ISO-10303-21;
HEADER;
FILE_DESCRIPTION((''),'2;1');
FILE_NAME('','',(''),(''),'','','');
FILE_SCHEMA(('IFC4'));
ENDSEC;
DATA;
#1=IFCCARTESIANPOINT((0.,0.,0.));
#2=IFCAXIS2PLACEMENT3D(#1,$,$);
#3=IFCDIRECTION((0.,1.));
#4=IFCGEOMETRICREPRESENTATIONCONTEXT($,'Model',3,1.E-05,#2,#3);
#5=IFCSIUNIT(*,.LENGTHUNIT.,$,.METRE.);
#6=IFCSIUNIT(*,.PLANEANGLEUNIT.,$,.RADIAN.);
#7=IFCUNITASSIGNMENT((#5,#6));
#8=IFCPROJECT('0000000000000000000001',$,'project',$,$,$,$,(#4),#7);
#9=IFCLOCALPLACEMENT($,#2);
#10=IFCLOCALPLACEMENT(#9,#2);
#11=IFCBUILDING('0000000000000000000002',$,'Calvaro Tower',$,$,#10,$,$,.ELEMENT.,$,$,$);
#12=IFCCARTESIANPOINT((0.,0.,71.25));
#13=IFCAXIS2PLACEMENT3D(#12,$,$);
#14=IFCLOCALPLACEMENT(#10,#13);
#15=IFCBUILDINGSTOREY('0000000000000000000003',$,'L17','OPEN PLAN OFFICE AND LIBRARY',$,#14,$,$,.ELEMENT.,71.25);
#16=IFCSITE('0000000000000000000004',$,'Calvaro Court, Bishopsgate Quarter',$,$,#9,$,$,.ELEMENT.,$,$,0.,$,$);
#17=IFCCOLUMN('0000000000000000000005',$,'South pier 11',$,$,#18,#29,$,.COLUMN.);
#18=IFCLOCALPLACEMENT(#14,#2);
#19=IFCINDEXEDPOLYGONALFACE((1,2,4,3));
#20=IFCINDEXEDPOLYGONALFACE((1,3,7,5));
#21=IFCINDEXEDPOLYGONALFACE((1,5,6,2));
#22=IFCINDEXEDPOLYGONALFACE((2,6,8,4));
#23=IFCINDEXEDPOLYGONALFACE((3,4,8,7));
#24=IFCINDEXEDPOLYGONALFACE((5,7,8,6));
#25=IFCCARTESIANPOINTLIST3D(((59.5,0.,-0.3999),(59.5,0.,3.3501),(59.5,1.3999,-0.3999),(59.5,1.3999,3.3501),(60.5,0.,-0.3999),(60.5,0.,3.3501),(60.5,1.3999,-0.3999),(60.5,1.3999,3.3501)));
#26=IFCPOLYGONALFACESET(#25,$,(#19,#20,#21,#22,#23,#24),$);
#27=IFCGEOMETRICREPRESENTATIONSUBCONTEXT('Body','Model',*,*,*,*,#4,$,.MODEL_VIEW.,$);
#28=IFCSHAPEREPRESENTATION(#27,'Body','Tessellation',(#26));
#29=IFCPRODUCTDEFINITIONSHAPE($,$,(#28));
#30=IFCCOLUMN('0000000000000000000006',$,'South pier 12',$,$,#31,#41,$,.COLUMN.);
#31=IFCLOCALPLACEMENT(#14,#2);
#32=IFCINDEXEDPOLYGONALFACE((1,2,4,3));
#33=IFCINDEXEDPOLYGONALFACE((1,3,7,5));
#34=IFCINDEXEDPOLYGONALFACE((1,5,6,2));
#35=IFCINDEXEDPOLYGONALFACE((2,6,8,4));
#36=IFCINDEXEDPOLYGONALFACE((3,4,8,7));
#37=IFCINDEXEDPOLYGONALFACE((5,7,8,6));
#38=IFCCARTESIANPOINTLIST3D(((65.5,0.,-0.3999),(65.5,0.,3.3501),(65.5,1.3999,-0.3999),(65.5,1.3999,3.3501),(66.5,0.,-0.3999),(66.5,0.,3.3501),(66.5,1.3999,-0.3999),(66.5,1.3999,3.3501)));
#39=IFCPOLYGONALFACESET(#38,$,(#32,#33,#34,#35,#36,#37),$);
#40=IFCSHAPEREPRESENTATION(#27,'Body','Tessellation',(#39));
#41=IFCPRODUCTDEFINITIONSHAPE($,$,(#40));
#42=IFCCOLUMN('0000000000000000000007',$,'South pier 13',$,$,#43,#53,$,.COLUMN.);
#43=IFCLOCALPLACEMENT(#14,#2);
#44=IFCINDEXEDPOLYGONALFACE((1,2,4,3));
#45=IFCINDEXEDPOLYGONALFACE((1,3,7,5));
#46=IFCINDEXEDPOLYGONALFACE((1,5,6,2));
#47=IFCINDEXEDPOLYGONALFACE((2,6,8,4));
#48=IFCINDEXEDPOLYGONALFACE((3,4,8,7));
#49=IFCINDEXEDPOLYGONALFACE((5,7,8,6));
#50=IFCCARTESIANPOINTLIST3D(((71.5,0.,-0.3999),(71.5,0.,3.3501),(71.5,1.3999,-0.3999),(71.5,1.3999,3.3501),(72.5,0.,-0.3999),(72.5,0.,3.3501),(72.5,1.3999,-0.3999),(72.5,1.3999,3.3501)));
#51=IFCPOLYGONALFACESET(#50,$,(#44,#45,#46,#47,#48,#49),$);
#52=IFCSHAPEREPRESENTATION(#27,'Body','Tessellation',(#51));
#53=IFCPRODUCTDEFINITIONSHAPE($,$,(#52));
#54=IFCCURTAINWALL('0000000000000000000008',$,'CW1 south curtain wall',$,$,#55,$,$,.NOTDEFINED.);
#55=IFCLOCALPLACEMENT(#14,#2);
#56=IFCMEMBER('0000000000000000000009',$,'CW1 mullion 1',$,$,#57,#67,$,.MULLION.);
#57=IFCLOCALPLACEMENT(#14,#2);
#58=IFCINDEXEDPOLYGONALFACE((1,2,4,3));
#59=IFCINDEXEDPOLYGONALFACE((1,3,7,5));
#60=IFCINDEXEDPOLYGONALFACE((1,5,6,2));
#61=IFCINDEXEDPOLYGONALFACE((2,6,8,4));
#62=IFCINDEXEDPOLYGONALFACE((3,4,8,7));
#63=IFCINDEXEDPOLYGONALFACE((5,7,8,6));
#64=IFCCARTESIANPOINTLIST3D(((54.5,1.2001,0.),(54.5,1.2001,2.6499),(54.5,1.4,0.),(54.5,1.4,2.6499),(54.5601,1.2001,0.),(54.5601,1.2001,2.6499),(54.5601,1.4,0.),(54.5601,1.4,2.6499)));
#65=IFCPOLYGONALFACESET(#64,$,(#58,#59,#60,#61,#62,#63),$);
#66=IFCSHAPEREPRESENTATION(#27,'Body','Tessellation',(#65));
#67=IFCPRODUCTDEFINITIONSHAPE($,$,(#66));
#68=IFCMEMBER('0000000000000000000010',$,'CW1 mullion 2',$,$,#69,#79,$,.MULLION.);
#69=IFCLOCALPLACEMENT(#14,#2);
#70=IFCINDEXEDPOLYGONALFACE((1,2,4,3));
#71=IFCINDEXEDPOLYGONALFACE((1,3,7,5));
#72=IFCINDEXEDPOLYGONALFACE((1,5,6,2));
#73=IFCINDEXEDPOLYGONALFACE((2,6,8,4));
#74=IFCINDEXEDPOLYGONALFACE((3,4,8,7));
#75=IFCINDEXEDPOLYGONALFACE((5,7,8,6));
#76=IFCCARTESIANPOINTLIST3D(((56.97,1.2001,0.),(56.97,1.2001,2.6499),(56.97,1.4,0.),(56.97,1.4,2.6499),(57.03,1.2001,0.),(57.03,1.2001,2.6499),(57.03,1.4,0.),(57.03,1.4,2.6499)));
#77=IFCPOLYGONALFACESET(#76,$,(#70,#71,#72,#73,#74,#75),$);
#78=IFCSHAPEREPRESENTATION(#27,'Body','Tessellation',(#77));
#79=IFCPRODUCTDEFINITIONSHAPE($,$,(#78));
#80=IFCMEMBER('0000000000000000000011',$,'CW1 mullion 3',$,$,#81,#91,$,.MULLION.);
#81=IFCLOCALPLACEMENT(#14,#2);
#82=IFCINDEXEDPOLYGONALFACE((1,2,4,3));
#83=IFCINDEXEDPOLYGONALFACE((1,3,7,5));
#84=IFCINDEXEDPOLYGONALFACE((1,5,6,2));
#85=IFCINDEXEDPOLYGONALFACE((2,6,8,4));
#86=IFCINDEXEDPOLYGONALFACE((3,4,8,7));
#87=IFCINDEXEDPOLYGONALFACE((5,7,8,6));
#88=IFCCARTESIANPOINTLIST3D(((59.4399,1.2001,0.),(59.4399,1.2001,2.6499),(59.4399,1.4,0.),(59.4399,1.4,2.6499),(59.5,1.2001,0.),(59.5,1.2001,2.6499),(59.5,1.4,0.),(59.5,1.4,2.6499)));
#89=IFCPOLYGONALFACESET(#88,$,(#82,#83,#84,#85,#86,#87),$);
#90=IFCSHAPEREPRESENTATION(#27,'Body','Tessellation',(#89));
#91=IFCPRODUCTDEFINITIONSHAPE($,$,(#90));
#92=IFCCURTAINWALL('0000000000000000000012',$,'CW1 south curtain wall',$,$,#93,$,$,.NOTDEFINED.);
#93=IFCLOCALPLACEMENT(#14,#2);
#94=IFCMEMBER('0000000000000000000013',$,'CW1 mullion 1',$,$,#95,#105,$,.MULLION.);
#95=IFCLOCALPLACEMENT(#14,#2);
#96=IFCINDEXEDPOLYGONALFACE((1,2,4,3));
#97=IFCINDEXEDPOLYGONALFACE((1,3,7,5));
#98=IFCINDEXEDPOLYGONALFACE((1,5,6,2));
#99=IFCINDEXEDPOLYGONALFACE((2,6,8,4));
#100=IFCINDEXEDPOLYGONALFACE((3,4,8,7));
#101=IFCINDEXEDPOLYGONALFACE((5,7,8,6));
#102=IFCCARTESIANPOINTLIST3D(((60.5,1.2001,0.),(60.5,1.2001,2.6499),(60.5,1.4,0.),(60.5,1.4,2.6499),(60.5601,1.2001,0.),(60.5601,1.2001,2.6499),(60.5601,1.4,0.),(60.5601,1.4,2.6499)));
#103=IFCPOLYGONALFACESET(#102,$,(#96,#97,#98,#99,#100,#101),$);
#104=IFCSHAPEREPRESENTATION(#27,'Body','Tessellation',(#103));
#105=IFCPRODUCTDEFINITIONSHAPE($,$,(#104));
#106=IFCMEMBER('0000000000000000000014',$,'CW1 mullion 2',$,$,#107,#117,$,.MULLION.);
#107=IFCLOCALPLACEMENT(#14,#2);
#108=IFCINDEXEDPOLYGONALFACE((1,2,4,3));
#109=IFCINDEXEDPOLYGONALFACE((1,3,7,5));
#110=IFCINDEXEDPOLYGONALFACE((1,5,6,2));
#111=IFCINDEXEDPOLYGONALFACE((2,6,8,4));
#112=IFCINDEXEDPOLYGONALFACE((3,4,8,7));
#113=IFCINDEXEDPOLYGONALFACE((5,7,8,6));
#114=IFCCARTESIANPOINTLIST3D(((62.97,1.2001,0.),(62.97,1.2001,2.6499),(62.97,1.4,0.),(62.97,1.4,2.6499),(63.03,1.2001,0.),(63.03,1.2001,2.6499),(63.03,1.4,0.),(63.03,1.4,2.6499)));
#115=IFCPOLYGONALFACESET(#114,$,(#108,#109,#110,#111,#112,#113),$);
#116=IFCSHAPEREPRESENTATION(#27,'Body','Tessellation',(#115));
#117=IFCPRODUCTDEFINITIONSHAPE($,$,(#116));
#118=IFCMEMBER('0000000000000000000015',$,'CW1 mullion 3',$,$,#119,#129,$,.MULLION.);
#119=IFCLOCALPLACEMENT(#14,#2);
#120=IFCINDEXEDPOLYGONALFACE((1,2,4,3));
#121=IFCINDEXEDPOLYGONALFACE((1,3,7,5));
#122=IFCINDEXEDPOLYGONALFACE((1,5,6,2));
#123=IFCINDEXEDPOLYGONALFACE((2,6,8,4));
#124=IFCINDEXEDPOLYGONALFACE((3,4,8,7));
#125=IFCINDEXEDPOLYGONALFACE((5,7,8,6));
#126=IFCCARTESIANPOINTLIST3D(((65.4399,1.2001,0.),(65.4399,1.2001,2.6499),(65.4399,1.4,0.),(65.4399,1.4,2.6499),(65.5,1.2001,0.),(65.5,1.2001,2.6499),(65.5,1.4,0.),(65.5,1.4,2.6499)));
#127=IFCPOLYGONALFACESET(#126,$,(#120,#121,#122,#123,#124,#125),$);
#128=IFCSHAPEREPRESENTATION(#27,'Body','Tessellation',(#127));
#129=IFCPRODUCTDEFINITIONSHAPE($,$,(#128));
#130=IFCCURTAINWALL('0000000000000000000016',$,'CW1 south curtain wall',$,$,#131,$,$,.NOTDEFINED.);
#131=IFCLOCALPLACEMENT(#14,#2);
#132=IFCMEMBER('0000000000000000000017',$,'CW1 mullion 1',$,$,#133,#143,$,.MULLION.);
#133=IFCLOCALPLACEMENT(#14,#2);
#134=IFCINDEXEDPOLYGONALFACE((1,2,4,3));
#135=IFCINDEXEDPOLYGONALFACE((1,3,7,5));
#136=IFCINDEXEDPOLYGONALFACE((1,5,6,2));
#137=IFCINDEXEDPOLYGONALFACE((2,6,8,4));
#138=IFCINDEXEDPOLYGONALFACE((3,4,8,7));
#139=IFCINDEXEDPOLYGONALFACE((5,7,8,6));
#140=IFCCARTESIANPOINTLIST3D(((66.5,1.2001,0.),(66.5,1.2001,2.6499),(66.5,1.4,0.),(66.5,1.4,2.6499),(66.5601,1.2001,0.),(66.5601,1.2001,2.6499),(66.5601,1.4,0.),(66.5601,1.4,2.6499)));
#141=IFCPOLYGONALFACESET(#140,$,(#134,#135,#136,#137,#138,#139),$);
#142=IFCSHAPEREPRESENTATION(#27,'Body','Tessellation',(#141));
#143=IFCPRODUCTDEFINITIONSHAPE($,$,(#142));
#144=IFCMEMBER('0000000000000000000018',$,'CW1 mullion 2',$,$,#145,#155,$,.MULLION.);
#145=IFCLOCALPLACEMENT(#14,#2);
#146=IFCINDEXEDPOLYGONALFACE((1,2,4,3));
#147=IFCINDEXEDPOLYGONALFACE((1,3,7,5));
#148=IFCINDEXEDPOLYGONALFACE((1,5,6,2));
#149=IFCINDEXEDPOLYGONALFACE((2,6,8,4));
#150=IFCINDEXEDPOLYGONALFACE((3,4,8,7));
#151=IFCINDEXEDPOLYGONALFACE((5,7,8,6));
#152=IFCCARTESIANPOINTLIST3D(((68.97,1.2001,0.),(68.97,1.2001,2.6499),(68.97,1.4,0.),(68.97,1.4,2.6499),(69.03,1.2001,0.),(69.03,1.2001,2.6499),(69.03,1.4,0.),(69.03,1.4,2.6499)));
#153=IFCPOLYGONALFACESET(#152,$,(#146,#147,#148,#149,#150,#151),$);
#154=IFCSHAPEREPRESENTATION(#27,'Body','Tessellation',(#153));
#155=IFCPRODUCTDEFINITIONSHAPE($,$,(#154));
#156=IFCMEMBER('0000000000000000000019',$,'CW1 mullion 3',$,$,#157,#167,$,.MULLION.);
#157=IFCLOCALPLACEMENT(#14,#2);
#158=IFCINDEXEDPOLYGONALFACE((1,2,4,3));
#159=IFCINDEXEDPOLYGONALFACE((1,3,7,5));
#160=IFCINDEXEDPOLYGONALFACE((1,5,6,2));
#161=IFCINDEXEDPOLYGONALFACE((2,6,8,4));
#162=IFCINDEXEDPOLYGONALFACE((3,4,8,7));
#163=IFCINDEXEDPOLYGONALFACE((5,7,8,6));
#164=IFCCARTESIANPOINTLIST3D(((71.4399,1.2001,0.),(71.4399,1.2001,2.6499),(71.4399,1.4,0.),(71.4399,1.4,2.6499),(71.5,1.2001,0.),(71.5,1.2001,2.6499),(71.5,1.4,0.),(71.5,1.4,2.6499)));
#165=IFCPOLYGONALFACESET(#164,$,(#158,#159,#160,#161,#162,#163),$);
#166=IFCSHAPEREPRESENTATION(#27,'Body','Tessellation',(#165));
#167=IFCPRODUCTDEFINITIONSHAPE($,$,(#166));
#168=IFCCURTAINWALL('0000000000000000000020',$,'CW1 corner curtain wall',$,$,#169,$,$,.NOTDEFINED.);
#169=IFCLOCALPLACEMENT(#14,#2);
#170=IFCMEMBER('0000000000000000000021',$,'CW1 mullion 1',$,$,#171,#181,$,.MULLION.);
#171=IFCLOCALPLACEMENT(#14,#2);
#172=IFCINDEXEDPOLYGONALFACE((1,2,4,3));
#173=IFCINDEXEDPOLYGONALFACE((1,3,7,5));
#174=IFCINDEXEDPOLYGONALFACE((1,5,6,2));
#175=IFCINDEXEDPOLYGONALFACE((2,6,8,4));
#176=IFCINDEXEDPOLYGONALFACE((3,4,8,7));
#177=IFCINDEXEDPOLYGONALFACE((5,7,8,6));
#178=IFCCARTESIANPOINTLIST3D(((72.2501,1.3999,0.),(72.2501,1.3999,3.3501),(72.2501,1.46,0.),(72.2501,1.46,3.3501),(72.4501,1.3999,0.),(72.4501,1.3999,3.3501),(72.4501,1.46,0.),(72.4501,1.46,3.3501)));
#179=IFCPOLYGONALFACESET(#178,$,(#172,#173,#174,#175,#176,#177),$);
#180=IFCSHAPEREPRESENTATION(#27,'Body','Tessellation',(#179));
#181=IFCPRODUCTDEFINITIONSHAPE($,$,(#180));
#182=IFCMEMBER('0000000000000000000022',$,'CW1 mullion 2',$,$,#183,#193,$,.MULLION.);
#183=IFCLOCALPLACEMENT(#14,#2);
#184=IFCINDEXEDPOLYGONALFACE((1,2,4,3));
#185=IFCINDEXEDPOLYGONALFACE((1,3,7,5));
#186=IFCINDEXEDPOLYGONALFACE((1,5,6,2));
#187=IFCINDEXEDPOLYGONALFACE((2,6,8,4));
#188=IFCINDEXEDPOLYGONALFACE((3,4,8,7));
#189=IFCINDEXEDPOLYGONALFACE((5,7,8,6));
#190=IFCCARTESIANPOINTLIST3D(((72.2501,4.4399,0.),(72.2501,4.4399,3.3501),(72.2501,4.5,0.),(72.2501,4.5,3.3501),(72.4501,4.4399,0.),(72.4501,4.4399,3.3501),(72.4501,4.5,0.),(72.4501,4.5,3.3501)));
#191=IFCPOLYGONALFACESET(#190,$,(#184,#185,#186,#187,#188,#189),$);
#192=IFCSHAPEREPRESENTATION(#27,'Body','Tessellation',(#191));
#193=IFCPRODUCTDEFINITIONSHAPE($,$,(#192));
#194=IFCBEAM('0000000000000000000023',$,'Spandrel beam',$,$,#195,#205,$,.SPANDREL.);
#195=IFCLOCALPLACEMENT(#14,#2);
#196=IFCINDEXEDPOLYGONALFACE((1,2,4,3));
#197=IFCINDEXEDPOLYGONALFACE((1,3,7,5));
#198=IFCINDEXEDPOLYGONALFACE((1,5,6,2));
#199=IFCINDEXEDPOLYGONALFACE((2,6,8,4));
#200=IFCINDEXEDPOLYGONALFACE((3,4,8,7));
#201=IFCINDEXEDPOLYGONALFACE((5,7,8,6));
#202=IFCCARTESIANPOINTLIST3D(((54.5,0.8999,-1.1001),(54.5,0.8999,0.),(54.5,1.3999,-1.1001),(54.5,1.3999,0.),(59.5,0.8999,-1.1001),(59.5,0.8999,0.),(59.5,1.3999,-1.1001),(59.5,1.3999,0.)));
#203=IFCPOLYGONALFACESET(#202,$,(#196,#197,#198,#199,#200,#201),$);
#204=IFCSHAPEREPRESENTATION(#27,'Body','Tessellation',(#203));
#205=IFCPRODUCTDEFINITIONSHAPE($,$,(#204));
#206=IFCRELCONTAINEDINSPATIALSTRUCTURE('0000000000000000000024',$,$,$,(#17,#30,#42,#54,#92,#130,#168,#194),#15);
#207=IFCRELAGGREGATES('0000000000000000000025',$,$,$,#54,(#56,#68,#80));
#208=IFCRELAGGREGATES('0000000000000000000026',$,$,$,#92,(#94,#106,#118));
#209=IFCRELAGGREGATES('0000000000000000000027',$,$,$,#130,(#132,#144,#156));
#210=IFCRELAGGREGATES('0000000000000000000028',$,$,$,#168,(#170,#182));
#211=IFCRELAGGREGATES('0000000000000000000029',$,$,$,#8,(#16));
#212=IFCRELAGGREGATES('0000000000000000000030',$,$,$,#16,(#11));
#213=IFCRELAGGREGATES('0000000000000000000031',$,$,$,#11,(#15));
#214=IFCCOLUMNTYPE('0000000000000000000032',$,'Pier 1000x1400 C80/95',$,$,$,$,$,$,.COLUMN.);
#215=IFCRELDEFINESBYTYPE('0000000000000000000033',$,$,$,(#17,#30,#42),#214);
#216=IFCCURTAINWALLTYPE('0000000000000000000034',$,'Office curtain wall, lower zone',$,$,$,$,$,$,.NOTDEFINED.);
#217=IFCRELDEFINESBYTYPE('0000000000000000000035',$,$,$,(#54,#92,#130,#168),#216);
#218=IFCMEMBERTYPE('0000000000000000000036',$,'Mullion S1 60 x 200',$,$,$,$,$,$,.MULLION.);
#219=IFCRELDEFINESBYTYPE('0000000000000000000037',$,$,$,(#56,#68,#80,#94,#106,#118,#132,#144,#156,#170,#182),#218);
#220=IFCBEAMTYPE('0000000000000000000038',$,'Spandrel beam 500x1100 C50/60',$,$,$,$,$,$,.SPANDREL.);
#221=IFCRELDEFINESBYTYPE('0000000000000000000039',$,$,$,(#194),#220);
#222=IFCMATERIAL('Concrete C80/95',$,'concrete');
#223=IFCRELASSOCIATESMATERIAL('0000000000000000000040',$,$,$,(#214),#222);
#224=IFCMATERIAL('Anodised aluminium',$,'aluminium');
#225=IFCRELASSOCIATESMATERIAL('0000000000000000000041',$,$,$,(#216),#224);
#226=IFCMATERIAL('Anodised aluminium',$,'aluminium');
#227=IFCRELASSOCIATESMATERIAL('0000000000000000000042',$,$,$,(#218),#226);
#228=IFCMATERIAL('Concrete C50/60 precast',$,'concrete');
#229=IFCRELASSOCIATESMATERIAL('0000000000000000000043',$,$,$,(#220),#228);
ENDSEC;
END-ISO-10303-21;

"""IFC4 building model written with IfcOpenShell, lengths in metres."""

from ifc_helpers import new_model, si_unit, direction, frame, origin, origin_2d, place, context, subcontext, project, spatial, rectangle, extrude, material, material_profile, profile_set, type_object, element, aggregate, save


model = new_model("IFC4")

# Units and contexts
model_context = context("Model", 3, precision=1e-05, world=origin(), true_north=direction((0.0, 1.0)))
body_context = subcontext(model_context, "Body", "Model", "MODEL_VIEW")
ifc_project = project(units=[si_unit("LENGTHUNIT", "METRE"), si_unit("PLANEANGLEUNIT", "RADIAN")], contexts=[model_context])

# Site, building, storey
site_placement = place(None, origin())
site = spatial("IfcSite", under=ifc_project, at=site_placement, Name="Calvaro Court, Bishopsgate Quarter", CompositionType="ELEMENT", RefElevation=0.0)
building_placement = place(site_placement, origin())
building = spatial("IfcBuilding", under=site, at=building_placement, Name="Calvaro Tower", CompositionType="ELEMENT")
storey_placement = place(building_placement, frame((0.0, 0.0, 71.25)))
storey = spatial("IfcBuildingStorey", under=building, at=storey_placement, Name="L17", Description="OPEN PLAN OFFICE AND LIBRARY", CompositionType="ELEMENT", Elevation=71.25)

# Columns
ifc_material_1 = material(Name="Concrete C80/95", Category="concrete")
ifc_material_profile_1 = material_profile(ifc_material_1, rectangle(XDim=1.0, YDim=1.3999, at=origin_2d()), Name="RC 1000x1400")
ifc_profile_set_1 = profile_set([ifc_material_profile_1], Name="Concrete C80/95")
column_type = type_object("IfcColumnType", Name="Pier 1000x1400 C80/95", PredefinedType="COLUMN", material=ifc_profile_set_1)
for number, where, z_axis, x_axis, name in (
    (1, (60.0, 0.7, -0.3999), (0.0, 0.0, 1.0), (1.0, 0.0, 0.0), "South pier 11"),
    (2, (66.0, 0.7, -0.3999), (0.0, 0.0, 1.0), (1.0, 0.0, 0.0), "South pier 12"),
    (3, (72.0, 0.7, -0.3999), (0.0, 0.0, 1.0), (1.0, 0.0, 0.0), "South pier 13"),
):
    element("IfcColumn", number, at=place(storey_placement, frame(where, z_axis=z_axis, x_axis=x_axis)), inside=storey, type_object=column_type, Name=name, PredefinedType="COLUMN", context=body_context, shape_type="SweptSolid", body=[
        extrude(rectangle(XDim=1.0, YDim=1.3999, at=origin_2d()), origin(), (0.0, 0.0, 1.0), 3.75),
    ])

# Curtain walls, members
ifc_material_2 = material(Name="Anodised aluminium", Category="aluminium")
curtain_wall_type = type_object("IfcCurtainWallType", Name="Office curtain wall, lower zone", PredefinedType="NOTDEFINED", material=ifc_material_2)
curtain_wall_1_placement = place(storey_placement, origin())
curtain_wall_1 = element("IfcCurtainWall", 4, at=curtain_wall_1_placement, inside=storey, type_object=curtain_wall_type, Name="CW1 south curtain wall", PredefinedType="NOTDEFINED")
ifc_material_3 = material(Name="Anodised aluminium", Category="aluminium")
ifc_material_profile_2 = material_profile(ifc_material_3, rectangle(XDim=0.2, YDim=0.0601, at=origin_2d()), Name="Mullion S1 60 x 200")
ifc_profile_set_2 = profile_set([ifc_material_profile_2], Name="Anodised aluminium")
member_type_1 = type_object("IfcMemberType", Name="Mullion S1 60 x 200", PredefinedType="MULLION", material=ifc_profile_set_2)
member_1_placement = place(storey_placement, frame((54.53, 1.3, 0.0), z_axis=(0.0, 0.0, 1.0), x_axis=(0.0, 1.0, 0.0)))
member_1 = element("IfcMember", 5, at=member_1_placement, type_object=member_type_1, Name="CW1 mullion 1", PredefinedType="MULLION", context=body_context, shape_type="SweptSolid", body=[
    extrude(rectangle(XDim=0.2, YDim=0.0601, at=origin_2d()), origin(), (0.0, 0.0, 1.0), 2.6499),
])
member_2_placement = place(storey_placement, frame((57.0, 1.3, 0.0), z_axis=(0.0, 0.0, 1.0), x_axis=(0.0, 1.0, 0.0)))
member_2 = element("IfcMember", 6, at=member_2_placement, type_object=member_type_1, Name="CW1 mullion 2", PredefinedType="MULLION", context=body_context, shape_type="SweptSolid", body=[
    extrude(rectangle(XDim=0.2, YDim=0.0601, at=origin_2d()), origin(), (0.0, 0.0, 1.0), 2.6499),
])
member_3_placement = place(storey_placement, frame((59.47, 1.3, 0.0), z_axis=(0.0, 0.0, 1.0), x_axis=(0.0, 1.0, 0.0)))
member_3 = element("IfcMember", 7, at=member_3_placement, type_object=member_type_1, Name="CW1 mullion 3", PredefinedType="MULLION", context=body_context, shape_type="SweptSolid", body=[
    extrude(rectangle(XDim=0.2, YDim=0.0601, at=origin_2d()), origin(), (0.0, 0.0, 1.0), 2.6499),
])
curtain_wall_2_placement = place(storey_placement, origin())
curtain_wall_2 = element("IfcCurtainWall", 8, at=curtain_wall_2_placement, inside=storey, type_object=curtain_wall_type, Name="CW1 south curtain wall", PredefinedType="NOTDEFINED")
member_4_placement = place(storey_placement, frame((60.53, 1.3, 0.0), z_axis=(0.0, 0.0, 1.0), x_axis=(0.0, 1.0, 0.0)))
member_4 = element("IfcMember", 9, at=member_4_placement, type_object=member_type_1, Name="CW1 mullion 1", PredefinedType="MULLION", context=body_context, shape_type="SweptSolid", body=[
    extrude(rectangle(XDim=0.2, YDim=0.0601, at=origin_2d()), origin(), (0.0, 0.0, 1.0), 2.6499),
])
member_5_placement = place(storey_placement, frame((63.0, 1.3, 0.0), z_axis=(0.0, 0.0, 1.0), x_axis=(0.0, 1.0, 0.0)))
member_5 = element("IfcMember", 10, at=member_5_placement, type_object=member_type_1, Name="CW1 mullion 2", PredefinedType="MULLION", context=body_context, shape_type="SweptSolid", body=[
    extrude(rectangle(XDim=0.2, YDim=0.0601, at=origin_2d()), origin(), (0.0, 0.0, 1.0), 2.6499),
])
member_6_placement = place(storey_placement, frame((65.47, 1.3, 0.0), z_axis=(0.0, 0.0, 1.0), x_axis=(0.0, 1.0, 0.0)))
member_6 = element("IfcMember", 11, at=member_6_placement, type_object=member_type_1, Name="CW1 mullion 3", PredefinedType="MULLION", context=body_context, shape_type="SweptSolid", body=[
    extrude(rectangle(XDim=0.2, YDim=0.0601, at=origin_2d()), origin(), (0.0, 0.0, 1.0), 2.6499),
])
curtain_wall_3_placement = place(storey_placement, origin())
curtain_wall_3 = element("IfcCurtainWall", 12, at=curtain_wall_3_placement, inside=storey, type_object=curtain_wall_type, Name="CW1 south curtain wall", PredefinedType="NOTDEFINED")
member_7_placement = place(storey_placement, frame((66.53, 1.3, 0.0), z_axis=(0.0, 0.0, 1.0), x_axis=(0.0, 1.0, 0.0)))
member_7 = element("IfcMember", 13, at=member_7_placement, type_object=member_type_1, Name="CW1 mullion 1", PredefinedType="MULLION", context=body_context, shape_type="SweptSolid", body=[
    extrude(rectangle(XDim=0.2, YDim=0.0601, at=origin_2d()), origin(), (0.0, 0.0, 1.0), 2.6499),
])
member_8_placement = place(storey_placement, frame((69.0, 1.3, 0.0), z_axis=(0.0, 0.0, 1.0), x_axis=(0.0, 1.0, 0.0)))
member_8 = element("IfcMember", 14, at=member_8_placement, type_object=member_type_1, Name="CW1 mullion 2", PredefinedType="MULLION", context=body_context, shape_type="SweptSolid", body=[
    extrude(rectangle(XDim=0.2, YDim=0.0601, at=origin_2d()), origin(), (0.0, 0.0, 1.0), 2.6499),
])
member_9_placement = place(storey_placement, frame((71.47, 1.3, 0.0), z_axis=(0.0, 0.0, 1.0), x_axis=(0.0, 1.0, 0.0)))
member_9 = element("IfcMember", 15, at=member_9_placement, type_object=member_type_1, Name="CW1 mullion 3", PredefinedType="MULLION", context=body_context, shape_type="SweptSolid", body=[
    extrude(rectangle(XDim=0.2, YDim=0.0601, at=origin_2d()), origin(), (0.0, 0.0, 1.0), 2.6499),
])
curtain_wall_4_placement = place(storey_placement, origin())
curtain_wall_4 = element("IfcCurtainWall", 16, at=curtain_wall_4_placement, inside=storey, type_object=curtain_wall_type, Name="CW1 corner curtain wall", PredefinedType="NOTDEFINED")
member_10_placement = place(storey_placement, frame((72.3501, 1.4299, 0.0), z_axis=(0.0, 0.0, 1.0), x_axis=(-1.0, 0.0, 0.0)))
member_10 = element("IfcMember", 17, at=member_10_placement, type_object=member_type_1, Name="CW1 mullion 1", PredefinedType="MULLION", context=body_context, shape_type="SweptSolid", body=[
    extrude(rectangle(XDim=0.2, YDim=0.0601, at=origin_2d()), origin(), (0.0, 0.0, 1.0), 3.3501),
])
member_11_placement = place(storey_placement, frame((72.3501, 4.47, 0.0), z_axis=(0.0, 0.0, 1.0), x_axis=(-1.0, 0.0, 0.0)))
member_11 = element("IfcMember", 18, at=member_11_placement, type_object=member_type_1, Name="CW1 mullion 2", PredefinedType="MULLION", context=body_context, shape_type="SweptSolid", body=[
    extrude(rectangle(XDim=0.2, YDim=0.0601, at=origin_2d()), origin(), (0.0, 0.0, 1.0), 3.3501),
])

# Beam
ifc_material_4 = material(Name="Concrete C50/60 precast", Category="concrete")
ifc_material_profile_3 = material_profile(ifc_material_4, rectangle(XDim=0.5, YDim=1.1001, at=origin_2d()), Name="RC 500x1100")
ifc_profile_set_3 = profile_set([ifc_material_profile_3], Name="Concrete C50/60 precast")
beam_type = type_object("IfcBeamType", Name="Spandrel beam 500x1100 C50/60", PredefinedType="SPANDREL", material=ifc_profile_set_3)
for number, where, z_axis, x_axis, name in (
    (19, (54.5, 1.1499, -0.55), (1.0, 0.0, 0.0), (0.0, 1.0, 0.0), "Spandrel beam"),
):
    element("IfcBeam", number, at=place(storey_placement, frame(where, z_axis=z_axis, x_axis=x_axis)), inside=storey, type_object=beam_type, Name=name, PredefinedType="SPANDREL", context=body_context, shape_type="SweptSolid", body=[
        extrude(rectangle(XDim=0.5, YDim=1.1001, at=origin_2d()), origin(), (0.0, 0.0, 1.0), 5.0),
    ])

aggregate(curtain_wall_1, [member_1, member_2, member_3])
aggregate(curtain_wall_2, [member_4, member_5, member_6])
aggregate(curtain_wall_3, [member_7, member_8, member_9])
aggregate(curtain_wall_4, [member_10, member_11])

save(model, "model.ifc")
